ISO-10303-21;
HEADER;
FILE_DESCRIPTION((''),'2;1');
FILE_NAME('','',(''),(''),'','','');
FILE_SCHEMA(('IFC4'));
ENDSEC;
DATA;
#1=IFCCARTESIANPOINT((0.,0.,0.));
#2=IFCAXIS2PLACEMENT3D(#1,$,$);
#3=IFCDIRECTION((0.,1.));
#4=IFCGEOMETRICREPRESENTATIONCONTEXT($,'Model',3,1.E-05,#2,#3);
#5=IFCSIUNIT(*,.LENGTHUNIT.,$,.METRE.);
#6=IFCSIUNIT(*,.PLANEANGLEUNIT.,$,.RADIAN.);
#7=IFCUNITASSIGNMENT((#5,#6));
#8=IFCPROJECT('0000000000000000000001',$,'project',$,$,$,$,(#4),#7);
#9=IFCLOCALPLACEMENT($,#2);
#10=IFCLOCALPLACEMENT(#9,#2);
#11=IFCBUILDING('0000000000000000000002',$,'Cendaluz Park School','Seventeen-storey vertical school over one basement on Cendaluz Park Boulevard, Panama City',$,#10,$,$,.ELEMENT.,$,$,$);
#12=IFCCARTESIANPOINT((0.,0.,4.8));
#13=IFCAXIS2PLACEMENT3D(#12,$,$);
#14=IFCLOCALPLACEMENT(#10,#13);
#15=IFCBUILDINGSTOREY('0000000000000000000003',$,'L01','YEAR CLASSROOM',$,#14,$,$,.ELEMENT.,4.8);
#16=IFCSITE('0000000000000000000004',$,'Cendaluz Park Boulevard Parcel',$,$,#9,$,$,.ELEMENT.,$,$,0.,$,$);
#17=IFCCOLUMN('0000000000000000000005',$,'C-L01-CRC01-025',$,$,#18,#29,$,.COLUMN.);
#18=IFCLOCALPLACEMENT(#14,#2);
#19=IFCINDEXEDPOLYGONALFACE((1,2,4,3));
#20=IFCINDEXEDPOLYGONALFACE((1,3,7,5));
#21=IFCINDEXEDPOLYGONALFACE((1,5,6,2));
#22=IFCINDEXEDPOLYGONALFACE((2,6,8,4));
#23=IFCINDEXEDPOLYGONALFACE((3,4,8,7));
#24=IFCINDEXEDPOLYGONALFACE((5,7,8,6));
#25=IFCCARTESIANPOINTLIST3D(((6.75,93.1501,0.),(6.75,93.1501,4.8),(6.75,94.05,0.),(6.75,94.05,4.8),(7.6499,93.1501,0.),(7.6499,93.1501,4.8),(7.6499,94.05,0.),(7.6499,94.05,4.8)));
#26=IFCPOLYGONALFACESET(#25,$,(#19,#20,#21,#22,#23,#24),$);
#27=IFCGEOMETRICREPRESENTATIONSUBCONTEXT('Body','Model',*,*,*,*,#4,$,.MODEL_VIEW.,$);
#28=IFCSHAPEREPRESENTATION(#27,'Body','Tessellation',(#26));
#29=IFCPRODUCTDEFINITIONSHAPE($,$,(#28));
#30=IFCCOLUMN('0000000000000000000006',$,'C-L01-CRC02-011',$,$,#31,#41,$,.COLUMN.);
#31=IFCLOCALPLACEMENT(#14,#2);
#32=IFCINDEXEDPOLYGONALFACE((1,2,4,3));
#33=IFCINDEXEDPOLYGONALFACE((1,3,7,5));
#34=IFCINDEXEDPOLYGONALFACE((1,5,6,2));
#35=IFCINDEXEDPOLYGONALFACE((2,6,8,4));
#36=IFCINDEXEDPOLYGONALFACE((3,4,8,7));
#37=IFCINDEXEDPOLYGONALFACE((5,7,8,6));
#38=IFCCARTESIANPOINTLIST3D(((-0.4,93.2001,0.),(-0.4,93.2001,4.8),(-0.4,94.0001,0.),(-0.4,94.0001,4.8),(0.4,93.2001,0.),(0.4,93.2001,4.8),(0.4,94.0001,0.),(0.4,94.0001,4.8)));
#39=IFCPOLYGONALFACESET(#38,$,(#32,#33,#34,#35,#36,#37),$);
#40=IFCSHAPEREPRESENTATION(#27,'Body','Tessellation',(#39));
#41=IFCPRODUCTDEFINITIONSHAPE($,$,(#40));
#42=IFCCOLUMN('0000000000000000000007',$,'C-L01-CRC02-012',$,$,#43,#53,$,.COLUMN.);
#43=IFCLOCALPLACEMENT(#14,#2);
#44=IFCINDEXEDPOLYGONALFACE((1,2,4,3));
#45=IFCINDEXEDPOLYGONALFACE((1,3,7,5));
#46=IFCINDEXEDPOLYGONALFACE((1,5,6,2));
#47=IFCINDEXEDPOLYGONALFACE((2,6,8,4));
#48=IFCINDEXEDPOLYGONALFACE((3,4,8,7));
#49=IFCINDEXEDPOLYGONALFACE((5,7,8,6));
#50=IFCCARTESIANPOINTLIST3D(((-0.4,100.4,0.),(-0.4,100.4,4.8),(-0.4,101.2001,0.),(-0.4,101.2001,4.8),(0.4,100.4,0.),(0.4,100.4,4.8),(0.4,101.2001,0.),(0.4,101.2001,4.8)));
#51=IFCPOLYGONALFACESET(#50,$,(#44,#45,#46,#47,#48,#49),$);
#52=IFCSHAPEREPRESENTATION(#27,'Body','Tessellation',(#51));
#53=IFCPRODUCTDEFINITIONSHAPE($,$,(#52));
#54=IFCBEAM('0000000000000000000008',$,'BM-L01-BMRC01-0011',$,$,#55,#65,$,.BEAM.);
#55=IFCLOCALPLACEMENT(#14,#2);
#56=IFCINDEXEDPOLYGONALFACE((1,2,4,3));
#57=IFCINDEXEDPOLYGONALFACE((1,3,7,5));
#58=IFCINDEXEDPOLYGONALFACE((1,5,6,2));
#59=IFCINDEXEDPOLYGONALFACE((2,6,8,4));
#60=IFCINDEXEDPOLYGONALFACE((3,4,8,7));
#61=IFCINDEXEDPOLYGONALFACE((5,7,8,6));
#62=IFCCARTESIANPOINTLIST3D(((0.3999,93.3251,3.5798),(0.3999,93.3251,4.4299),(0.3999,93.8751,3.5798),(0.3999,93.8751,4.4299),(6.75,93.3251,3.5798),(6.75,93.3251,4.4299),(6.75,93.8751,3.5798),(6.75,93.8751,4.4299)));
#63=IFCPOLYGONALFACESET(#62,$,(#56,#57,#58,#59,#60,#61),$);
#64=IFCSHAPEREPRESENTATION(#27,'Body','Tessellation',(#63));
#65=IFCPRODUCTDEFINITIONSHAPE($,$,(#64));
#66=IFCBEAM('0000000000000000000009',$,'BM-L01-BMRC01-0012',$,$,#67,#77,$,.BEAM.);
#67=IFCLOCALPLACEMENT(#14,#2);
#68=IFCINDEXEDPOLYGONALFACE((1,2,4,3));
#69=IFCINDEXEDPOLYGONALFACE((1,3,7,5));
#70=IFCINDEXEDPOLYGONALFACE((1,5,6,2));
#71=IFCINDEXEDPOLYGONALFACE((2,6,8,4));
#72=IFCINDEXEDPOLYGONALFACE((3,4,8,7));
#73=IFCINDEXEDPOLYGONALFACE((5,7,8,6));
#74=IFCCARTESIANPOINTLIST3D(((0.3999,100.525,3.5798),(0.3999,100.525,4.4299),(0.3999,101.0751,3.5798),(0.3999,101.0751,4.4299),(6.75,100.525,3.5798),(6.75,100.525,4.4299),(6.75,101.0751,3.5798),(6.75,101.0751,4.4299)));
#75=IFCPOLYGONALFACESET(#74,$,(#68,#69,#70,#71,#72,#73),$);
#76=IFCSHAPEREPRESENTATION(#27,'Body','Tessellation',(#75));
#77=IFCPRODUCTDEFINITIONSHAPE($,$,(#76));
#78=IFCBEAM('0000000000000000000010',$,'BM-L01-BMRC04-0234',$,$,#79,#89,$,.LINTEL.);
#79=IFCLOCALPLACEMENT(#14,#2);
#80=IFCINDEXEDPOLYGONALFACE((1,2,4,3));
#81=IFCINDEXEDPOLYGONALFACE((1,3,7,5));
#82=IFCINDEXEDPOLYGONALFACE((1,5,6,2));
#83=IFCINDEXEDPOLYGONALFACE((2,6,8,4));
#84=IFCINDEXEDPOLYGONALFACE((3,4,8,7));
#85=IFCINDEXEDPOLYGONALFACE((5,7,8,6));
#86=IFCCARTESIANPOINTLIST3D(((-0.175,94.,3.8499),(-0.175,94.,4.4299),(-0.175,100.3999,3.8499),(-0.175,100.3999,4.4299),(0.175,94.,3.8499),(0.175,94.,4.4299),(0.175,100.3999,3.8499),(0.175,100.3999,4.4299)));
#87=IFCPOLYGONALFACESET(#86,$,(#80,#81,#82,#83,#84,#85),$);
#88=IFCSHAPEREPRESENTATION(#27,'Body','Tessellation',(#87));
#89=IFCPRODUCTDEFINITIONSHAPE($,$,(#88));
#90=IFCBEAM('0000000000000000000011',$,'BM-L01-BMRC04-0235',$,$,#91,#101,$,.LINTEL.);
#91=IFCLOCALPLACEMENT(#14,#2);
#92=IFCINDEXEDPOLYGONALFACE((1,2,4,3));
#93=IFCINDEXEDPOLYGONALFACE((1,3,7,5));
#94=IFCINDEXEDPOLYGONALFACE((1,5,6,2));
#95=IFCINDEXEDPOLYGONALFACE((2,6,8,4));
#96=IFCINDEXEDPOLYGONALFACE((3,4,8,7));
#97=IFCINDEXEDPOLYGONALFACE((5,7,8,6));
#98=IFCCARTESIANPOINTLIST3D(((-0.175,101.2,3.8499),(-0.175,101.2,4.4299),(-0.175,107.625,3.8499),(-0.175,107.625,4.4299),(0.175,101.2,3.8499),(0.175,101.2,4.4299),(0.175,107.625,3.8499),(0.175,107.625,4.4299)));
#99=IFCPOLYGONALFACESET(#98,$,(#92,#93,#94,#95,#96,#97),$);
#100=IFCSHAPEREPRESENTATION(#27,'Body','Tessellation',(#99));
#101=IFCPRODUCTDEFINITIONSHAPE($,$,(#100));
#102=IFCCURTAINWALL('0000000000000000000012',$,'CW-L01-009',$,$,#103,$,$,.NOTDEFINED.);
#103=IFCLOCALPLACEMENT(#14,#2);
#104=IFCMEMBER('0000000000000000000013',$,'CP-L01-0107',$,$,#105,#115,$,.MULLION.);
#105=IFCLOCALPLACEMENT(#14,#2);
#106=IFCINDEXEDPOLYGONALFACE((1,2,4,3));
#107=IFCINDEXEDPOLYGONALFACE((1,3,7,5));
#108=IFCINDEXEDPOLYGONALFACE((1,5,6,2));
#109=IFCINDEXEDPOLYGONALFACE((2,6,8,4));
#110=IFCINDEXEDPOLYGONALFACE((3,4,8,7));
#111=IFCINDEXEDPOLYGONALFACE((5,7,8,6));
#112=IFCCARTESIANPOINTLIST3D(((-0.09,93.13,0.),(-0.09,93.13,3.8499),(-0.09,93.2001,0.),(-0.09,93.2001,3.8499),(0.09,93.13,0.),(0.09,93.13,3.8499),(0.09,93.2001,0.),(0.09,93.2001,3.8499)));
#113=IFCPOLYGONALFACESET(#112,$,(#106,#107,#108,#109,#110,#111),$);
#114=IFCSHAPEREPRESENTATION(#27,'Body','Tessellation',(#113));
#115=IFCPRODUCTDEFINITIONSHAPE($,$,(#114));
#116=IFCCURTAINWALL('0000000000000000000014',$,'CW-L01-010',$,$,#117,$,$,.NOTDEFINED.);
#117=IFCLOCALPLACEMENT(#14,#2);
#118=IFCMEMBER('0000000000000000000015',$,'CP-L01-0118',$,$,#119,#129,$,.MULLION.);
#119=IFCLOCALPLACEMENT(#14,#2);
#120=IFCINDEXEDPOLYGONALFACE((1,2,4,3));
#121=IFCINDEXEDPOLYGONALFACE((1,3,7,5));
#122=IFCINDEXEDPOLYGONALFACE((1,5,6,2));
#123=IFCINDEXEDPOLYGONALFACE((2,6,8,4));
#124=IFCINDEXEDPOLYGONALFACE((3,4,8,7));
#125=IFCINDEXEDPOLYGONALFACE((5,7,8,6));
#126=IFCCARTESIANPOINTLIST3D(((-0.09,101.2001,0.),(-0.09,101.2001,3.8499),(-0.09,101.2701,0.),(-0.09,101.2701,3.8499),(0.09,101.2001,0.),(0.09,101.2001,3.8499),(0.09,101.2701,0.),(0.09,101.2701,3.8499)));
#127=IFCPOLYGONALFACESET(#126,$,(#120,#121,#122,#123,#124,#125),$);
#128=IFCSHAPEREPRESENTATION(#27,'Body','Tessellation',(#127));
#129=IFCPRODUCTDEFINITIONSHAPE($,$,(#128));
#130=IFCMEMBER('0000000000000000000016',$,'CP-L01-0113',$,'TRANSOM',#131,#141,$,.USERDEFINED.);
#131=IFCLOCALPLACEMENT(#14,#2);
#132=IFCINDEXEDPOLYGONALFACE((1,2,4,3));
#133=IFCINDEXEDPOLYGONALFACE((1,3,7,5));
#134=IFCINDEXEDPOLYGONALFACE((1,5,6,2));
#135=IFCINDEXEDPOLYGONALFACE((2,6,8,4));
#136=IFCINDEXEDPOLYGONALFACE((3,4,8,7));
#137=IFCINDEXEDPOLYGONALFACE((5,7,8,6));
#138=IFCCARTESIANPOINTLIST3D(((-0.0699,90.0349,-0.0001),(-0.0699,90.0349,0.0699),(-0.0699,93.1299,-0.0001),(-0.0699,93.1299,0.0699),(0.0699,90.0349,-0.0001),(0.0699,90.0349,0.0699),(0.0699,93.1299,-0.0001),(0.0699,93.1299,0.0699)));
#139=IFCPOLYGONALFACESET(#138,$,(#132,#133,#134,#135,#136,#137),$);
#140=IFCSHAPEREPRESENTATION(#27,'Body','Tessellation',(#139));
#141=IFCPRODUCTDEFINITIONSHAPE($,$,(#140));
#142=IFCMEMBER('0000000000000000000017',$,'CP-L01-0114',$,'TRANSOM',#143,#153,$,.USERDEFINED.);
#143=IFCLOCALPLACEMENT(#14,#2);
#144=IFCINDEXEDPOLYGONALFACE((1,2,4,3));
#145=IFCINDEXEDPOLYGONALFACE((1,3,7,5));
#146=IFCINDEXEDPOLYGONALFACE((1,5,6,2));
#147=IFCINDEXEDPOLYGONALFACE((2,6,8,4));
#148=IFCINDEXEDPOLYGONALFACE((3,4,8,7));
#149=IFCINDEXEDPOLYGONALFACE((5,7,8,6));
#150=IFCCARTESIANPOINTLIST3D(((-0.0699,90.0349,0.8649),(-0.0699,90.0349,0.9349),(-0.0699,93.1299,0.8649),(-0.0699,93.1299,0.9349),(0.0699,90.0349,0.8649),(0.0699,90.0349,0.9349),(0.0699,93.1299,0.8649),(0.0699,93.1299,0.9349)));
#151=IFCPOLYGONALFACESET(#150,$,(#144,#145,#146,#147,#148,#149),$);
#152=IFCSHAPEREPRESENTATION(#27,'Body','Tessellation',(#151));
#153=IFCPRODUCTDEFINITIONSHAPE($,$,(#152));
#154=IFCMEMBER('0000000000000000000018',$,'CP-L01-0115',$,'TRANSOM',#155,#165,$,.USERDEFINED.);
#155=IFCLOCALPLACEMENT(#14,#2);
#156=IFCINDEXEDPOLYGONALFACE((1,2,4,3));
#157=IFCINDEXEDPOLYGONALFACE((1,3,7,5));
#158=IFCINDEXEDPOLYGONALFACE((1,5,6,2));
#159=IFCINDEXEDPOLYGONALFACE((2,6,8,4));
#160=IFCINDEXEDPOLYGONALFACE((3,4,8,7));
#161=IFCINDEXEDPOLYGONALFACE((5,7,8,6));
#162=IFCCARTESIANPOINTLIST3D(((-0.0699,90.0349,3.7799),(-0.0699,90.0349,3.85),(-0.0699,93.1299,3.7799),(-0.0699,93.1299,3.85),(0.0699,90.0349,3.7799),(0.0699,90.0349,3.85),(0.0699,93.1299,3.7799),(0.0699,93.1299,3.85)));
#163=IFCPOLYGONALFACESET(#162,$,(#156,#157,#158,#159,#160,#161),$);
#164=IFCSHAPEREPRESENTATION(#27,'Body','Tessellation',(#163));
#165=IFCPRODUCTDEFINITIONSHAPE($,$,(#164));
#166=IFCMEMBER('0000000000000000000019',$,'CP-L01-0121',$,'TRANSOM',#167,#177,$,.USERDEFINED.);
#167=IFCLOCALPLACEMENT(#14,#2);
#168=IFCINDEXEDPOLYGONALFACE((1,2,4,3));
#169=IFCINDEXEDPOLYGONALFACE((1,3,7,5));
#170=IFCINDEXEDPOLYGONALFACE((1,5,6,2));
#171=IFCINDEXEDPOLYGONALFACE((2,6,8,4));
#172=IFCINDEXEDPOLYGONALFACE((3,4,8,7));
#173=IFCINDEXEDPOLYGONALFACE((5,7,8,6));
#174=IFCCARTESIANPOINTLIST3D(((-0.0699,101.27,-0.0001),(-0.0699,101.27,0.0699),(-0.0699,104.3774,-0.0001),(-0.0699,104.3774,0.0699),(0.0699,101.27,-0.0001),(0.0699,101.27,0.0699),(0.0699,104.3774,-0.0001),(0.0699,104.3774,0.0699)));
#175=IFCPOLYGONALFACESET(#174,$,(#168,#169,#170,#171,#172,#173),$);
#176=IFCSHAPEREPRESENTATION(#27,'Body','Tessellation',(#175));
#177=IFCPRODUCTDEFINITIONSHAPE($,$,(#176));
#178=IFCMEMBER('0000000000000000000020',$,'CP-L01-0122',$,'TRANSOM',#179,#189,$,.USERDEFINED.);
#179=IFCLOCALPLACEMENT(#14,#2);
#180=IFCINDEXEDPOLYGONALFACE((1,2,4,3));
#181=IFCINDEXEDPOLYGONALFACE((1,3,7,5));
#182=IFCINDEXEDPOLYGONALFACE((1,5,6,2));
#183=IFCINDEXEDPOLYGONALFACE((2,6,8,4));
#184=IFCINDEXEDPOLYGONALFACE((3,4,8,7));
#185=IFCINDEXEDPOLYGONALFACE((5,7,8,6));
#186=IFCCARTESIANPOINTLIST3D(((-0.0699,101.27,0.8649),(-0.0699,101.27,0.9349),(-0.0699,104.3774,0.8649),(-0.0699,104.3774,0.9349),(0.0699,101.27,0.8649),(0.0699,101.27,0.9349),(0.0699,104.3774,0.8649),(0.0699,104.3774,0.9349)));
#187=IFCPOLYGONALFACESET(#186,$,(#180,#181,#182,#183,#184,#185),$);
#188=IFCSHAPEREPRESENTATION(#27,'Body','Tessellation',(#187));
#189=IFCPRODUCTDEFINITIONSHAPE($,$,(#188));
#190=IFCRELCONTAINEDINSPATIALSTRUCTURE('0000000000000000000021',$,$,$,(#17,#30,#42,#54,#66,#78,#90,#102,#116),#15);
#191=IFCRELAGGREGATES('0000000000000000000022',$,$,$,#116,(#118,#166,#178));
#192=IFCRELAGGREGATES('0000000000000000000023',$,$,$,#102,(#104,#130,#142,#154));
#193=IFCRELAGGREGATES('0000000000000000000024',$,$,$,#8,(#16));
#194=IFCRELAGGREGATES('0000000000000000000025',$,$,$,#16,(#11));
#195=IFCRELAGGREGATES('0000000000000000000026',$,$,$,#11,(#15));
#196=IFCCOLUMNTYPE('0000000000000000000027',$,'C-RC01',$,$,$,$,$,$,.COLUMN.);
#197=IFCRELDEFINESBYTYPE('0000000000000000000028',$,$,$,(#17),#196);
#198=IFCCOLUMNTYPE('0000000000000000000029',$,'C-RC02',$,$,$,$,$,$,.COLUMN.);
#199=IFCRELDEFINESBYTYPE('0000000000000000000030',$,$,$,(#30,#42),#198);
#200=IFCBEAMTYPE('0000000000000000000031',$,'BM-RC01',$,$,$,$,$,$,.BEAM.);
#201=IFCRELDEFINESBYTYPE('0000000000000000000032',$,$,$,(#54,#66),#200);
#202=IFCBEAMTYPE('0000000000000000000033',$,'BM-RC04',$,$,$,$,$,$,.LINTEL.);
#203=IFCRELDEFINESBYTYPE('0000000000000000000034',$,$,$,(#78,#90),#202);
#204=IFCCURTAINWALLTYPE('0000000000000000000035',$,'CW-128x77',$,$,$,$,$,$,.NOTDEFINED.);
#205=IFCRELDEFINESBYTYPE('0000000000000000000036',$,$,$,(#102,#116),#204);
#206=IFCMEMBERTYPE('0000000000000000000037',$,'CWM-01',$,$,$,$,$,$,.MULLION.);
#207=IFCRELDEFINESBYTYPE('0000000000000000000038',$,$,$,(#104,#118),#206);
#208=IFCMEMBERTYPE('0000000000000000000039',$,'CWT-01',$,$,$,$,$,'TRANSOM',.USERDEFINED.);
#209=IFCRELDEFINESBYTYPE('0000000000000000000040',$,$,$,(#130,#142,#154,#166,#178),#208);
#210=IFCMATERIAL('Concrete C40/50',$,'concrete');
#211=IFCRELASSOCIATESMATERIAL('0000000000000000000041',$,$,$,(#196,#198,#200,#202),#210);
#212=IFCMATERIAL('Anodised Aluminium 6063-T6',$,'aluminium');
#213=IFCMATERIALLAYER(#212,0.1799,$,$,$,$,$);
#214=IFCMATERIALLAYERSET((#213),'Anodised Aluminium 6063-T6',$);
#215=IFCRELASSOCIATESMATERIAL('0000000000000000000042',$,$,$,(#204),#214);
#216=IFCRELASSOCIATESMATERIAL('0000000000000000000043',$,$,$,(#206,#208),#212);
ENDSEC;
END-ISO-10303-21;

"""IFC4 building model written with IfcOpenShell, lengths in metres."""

from ifc_helpers import new_model, si_unit, direction, frame, origin, origin_2d, place, context, subcontext, project, spatial, rectangle, extrude, material, layer, layer_set, material_profile, profile_set, type_object, element, aggregate, save


model = new_model("IFC4")

# Units and contexts
model_context = context("Model", 3, precision=1e-05, world=origin(), true_north=direction((0.0, 1.0)))
body_context = subcontext(model_context, "Body", "Model", "MODEL_VIEW")
ifc_project = project(units=[si_unit("LENGTHUNIT", "METRE"), si_unit("PLANEANGLEUNIT", "RADIAN")], contexts=[model_context])

# Site, building, storey
site_placement = place(None, origin())
site = spatial("IfcSite", under=ifc_project, at=site_placement, Name="Cendaluz Park Boulevard Parcel", CompositionType="ELEMENT", RefElevation=0.0)
building_placement = place(site_placement, origin())
building = spatial("IfcBuilding", under=site, at=building_placement, Name="Cendaluz Park School", Description="Seventeen-storey vertical school over one basement on Cendaluz Park Boulevard, Panama City", CompositionType="ELEMENT")
storey_placement = place(building_placement, frame((0.0, 0.0, 4.8)))
storey = spatial("IfcBuildingStorey", under=building, at=storey_placement, Name="L01", Description="YEAR CLASSROOM", CompositionType="ELEMENT", Elevation=4.8)

# Columns
ifc_material_1 = material(Name="Concrete C40/50", Category="concrete")
ifc_material_profile_1 = material_profile(ifc_material_1, rectangle(XDim=0.8999, YDim=0.8999, at=origin_2d()), Name="RC 900x900", Category="concrete")
ifc_profile_set_1 = profile_set([ifc_material_profile_1], Name="Concrete C40/50")
column_type_1 = type_object("IfcColumnType", Name="C-RC01", PredefinedType="COLUMN", material=ifc_profile_set_1)
column_placement = place(storey_placement, frame((7.2, 93.6001, 0.0), z_axis=(0.0, 0.0, 1.0), x_axis=(1.0, 0.0, 0.0)))
element("IfcColumn", 1, at=column_placement, inside=storey, type_object=column_type_1, Name="C-L01-CRC01-025", PredefinedType="COLUMN", context=body_context, shape_type="SweptSolid", body=[
    extrude(rectangle(XDim=0.8999, YDim=0.8999, at=origin_2d()), origin(), (0.0, 0.0, 1.0), 4.8),
])
ifc_material_profile_2 = material_profile(ifc_material_1, rectangle(XDim=0.8, YDim=0.8, at=origin_2d()), Name="RC 800x800", Category="concrete")
ifc_profile_set_2 = profile_set([ifc_material_profile_2], Name="Concrete C40/50")
column_type_2 = type_object("IfcColumnType", Name="C-RC02", PredefinedType="COLUMN", material=ifc_profile_set_2)
for number, where, z_axis, x_axis, name in (
    (2, (0.0, 93.6001, 0.0), (0.0, 0.0, 1.0), (1.0, 0.0, 0.0), "C-L01-CRC02-011"),
    (3, (0.0, 100.8, 0.0), (0.0, 0.0, 1.0), (1.0, 0.0, 0.0), "C-L01-CRC02-012"),
):
    element("IfcColumn", number, at=place(storey_placement, frame(where, z_axis=z_axis, x_axis=x_axis)), inside=storey, type_object=column_type_2, Name=name, PredefinedType="COLUMN", context=body_context, shape_type="SweptSolid", body=[
        extrude(rectangle(XDim=0.8, YDim=0.8, at=origin_2d()), origin(), (0.0, 0.0, 1.0), 4.8),
    ])

# Beams
ifc_material_profile_3 = material_profile(ifc_material_1, rectangle(XDim=0.55, YDim=0.8501, at=origin_2d()), Name="RC 550x850", Category="concrete")
ifc_profile_set_3 = profile_set([ifc_material_profile_3], Name="Concrete C40/50")
beam_type_1 = type_object("IfcBeamType", Name="BM-RC01", PredefinedType="BEAM", material=ifc_profile_set_3)
for number, where, z_axis, x_axis, name in (
    (4, (0.3999, 93.6001, 4.0049), (1.0, 0.0, 0.0), (0.0, 1.0, 0.0), "BM-L01-BMRC01-0011"),
    (5, (0.3999, 100.8, 4.0049), (1.0, 0.0, 0.0), (0.0, 1.0, 0.0), "BM-L01-BMRC01-0012"),
):
    element("IfcBeam", number, at=place(storey_placement, frame(where, z_axis=z_axis, x_axis=x_axis)), inside=storey, type_object=beam_type_1, Name=name, PredefinedType="BEAM", context=body_context, shape_type="SweptSolid", body=[
        extrude(rectangle(XDim=0.55, YDim=0.8501, at=origin_2d()), origin(), (0.0, 0.0, 1.0), 6.3501),
    ])
ifc_material_profile_4 = material_profile(ifc_material_1, rectangle(XDim=0.3501, YDim=0.5801, at=origin_2d()), Name="RC 350x580", Category="concrete")
ifc_profile_set_4 = profile_set([ifc_material_profile_4], Name="Concrete C40/50")
beam_type_2 = type_object("IfcBeamType", Name="BM-RC04", PredefinedType="LINTEL", material=ifc_profile_set_4)
beam_1_placement = place(storey_placement, frame((0.0, 94.0, 4.1399), z_axis=(0.0, 1.0, 0.0), x_axis=(-1.0, 0.0, 0.0)))
element("IfcBeam", 6, at=beam_1_placement, inside=storey, type_object=beam_type_2, Name="BM-L01-BMRC04-0234", PredefinedType="LINTEL", context=body_context, shape_type="SweptSolid", body=[
    extrude(rectangle(XDim=0.3501, YDim=0.5801, at=origin_2d()), origin(), (0.0, 0.0, 1.0), 6.3999),
])
beam_2_placement = place(storey_placement, frame((0.0, 101.2, 4.1399), z_axis=(0.0, 1.0, 0.0), x_axis=(-1.0, 0.0, 0.0)))
element("IfcBeam", 7, at=beam_2_placement, inside=storey, type_object=beam_type_2, Name="BM-L01-BMRC04-0235", PredefinedType="LINTEL", context=body_context, shape_type="SweptSolid", body=[
    extrude(rectangle(XDim=0.3501, YDim=0.5801, at=origin_2d()), origin(), (0.0, 0.0, 1.0), 6.425),
])

# Curtain walls, members
ifc_material_2 = material(Name="Anodised Aluminium 6063-T6", Category="aluminium")
ifc_layer_1 = layer(ifc_material_2, 0.1799)
ifc_layer_set_1 = layer_set([ifc_layer_1], Name="Anodised Aluminium 6063-T6")
curtain_wall_type = type_object("IfcCurtainWallType", Name="CW-128x77", PredefinedType="NOTDEFINED", material=ifc_layer_set_1)
curtain_wall_1_placement = place(storey_placement, origin())
curtain_wall_1 = element("IfcCurtainWall", 8, at=curtain_wall_1_placement, inside=storey, type_object=curtain_wall_type, Name="CW-L01-009", PredefinedType="NOTDEFINED")
ifc_material_profile_5 = material_profile(ifc_material_2, rectangle(XDim=0.1799, YDim=0.0701, at=origin_2d()), Name="CWM 180x70", Category="aluminium")
ifc_profile_set_5 = profile_set([ifc_material_profile_5], Name="Anodised Aluminium 6063-T6")
member_type_1 = type_object("IfcMemberType", Name="CWM-01", PredefinedType="MULLION", material=ifc_profile_set_5)
member_1_placement = place(storey_placement, frame((0.0, 93.165, 0.0), z_axis=(0.0, 0.0, 1.0), x_axis=(-1.0, 0.0, 0.0)))
member_1 = element("IfcMember", 9, at=member_1_placement, type_object=member_type_1, Name="CP-L01-0107", PredefinedType="MULLION", context=body_context, shape_type="SweptSolid", body=[
    extrude(rectangle(XDim=0.1799, YDim=0.0701, at=origin_2d()), origin(), (0.0, 0.0, 1.0), 3.8499),
])
curtain_wall_2_placement = place(storey_placement, origin())
curtain_wall_2 = element("IfcCurtainWall", 10, at=curtain_wall_2_placement, inside=storey, type_object=curtain_wall_type, Name="CW-L01-010", PredefinedType="NOTDEFINED")
member_2_placement = place(storey_placement, frame((0.0, 101.2351, 0.0), z_axis=(0.0, 0.0, 1.0), x_axis=(-1.0, 0.0, 0.0)))
member_2 = element("IfcMember", 11, at=member_2_placement, type_object=member_type_1, Name="CP-L01-0118", PredefinedType="MULLION", context=body_context, shape_type="SweptSolid", body=[
    extrude(rectangle(XDim=0.1799, YDim=0.0701, at=origin_2d()), origin(), (0.0, 0.0, 1.0), 3.8499),
])

# Members
ifc_material_profile_6 = material_profile(ifc_material_2, rectangle(XDim=0.1399, YDim=0.0701, at=origin_2d()), Name="CWT 140x70", Category="aluminium")
ifc_profile_set_6 = profile_set([ifc_material_profile_6], Name="Anodised Aluminium 6063-T6")
member_type_2 = type_object("IfcMemberType", Name="CWT-01", ElementType="TRANSOM", PredefinedType="USERDEFINED", material=ifc_profile_set_6)
member_3_placement = place(storey_placement, frame((0.0, 90.0349, 0.0349), z_axis=(0.0, 1.0, 0.0), x_axis=(-1.0, 0.0, 0.0)))
member_3 = element("IfcMember", 12, at=member_3_placement, type_object=member_type_2, Name="CP-L01-0113", ObjectType="TRANSOM", PredefinedType="USERDEFINED", context=body_context, shape_type="SweptSolid", body=[
    extrude(rectangle(XDim=0.1399, YDim=0.0701, at=origin_2d()), origin(), (0.0, 0.0, 1.0), 3.095),
])
member_4_placement = place(storey_placement, frame((0.0, 90.0349, 0.8999), z_axis=(0.0, 1.0, 0.0), x_axis=(-1.0, 0.0, 0.0)))
member_4 = element("IfcMember", 13, at=member_4_placement, type_object=member_type_2, Name="CP-L01-0114", ObjectType="TRANSOM", PredefinedType="USERDEFINED", context=body_context, shape_type="SweptSolid", body=[
    extrude(rectangle(XDim=0.1399, YDim=0.0701, at=origin_2d()), origin(), (0.0, 0.0, 1.0), 3.095),
])
member_5_placement = place(storey_placement, frame((0.0, 90.0349, 3.8149), z_axis=(0.0, 1.0, 0.0), x_axis=(-1.0, 0.0, 0.0)))
member_5 = element("IfcMember", 14, at=member_5_placement, type_object=member_type_2, Name="CP-L01-0115", ObjectType="TRANSOM", PredefinedType="USERDEFINED", context=body_context, shape_type="SweptSolid", body=[
    extrude(rectangle(XDim=0.1399, YDim=0.0701, at=origin_2d()), origin(), (0.0, 0.0, 1.0), 3.095),
])
member_6_placement = place(storey_placement, frame((0.0, 101.27, 0.0349), z_axis=(0.0, 1.0, 0.0), x_axis=(-1.0, 0.0, 0.0)))
member_6 = element("IfcMember", 15, at=member_6_placement, type_object=member_type_2, Name="CP-L01-0121", ObjectType="TRANSOM", PredefinedType="USERDEFINED", context=body_context, shape_type="SweptSolid", body=[
    extrude(rectangle(XDim=0.1399, YDim=0.0701, at=origin_2d()), origin(), (0.0, 0.0, 1.0), 3.1074),
])
member_7_placement = place(storey_placement, frame((0.0, 101.27, 0.8999), z_axis=(0.0, 1.0, 0.0), x_axis=(-1.0, 0.0, 0.0)))
member_7 = element("IfcMember", 16, at=member_7_placement, type_object=member_type_2, Name="CP-L01-0122", ObjectType="TRANSOM", PredefinedType="USERDEFINED", context=body_context, shape_type="SweptSolid", body=[
    extrude(rectangle(XDim=0.1399, YDim=0.0701, at=origin_2d()), origin(), (0.0, 0.0, 1.0), 3.1074),
])
aggregate(curtain_wall_2, [member_2, member_6, member_7])

aggregate(curtain_wall_1, [member_1, member_3, member_4, member_5])

save(model, "model.ifc")
